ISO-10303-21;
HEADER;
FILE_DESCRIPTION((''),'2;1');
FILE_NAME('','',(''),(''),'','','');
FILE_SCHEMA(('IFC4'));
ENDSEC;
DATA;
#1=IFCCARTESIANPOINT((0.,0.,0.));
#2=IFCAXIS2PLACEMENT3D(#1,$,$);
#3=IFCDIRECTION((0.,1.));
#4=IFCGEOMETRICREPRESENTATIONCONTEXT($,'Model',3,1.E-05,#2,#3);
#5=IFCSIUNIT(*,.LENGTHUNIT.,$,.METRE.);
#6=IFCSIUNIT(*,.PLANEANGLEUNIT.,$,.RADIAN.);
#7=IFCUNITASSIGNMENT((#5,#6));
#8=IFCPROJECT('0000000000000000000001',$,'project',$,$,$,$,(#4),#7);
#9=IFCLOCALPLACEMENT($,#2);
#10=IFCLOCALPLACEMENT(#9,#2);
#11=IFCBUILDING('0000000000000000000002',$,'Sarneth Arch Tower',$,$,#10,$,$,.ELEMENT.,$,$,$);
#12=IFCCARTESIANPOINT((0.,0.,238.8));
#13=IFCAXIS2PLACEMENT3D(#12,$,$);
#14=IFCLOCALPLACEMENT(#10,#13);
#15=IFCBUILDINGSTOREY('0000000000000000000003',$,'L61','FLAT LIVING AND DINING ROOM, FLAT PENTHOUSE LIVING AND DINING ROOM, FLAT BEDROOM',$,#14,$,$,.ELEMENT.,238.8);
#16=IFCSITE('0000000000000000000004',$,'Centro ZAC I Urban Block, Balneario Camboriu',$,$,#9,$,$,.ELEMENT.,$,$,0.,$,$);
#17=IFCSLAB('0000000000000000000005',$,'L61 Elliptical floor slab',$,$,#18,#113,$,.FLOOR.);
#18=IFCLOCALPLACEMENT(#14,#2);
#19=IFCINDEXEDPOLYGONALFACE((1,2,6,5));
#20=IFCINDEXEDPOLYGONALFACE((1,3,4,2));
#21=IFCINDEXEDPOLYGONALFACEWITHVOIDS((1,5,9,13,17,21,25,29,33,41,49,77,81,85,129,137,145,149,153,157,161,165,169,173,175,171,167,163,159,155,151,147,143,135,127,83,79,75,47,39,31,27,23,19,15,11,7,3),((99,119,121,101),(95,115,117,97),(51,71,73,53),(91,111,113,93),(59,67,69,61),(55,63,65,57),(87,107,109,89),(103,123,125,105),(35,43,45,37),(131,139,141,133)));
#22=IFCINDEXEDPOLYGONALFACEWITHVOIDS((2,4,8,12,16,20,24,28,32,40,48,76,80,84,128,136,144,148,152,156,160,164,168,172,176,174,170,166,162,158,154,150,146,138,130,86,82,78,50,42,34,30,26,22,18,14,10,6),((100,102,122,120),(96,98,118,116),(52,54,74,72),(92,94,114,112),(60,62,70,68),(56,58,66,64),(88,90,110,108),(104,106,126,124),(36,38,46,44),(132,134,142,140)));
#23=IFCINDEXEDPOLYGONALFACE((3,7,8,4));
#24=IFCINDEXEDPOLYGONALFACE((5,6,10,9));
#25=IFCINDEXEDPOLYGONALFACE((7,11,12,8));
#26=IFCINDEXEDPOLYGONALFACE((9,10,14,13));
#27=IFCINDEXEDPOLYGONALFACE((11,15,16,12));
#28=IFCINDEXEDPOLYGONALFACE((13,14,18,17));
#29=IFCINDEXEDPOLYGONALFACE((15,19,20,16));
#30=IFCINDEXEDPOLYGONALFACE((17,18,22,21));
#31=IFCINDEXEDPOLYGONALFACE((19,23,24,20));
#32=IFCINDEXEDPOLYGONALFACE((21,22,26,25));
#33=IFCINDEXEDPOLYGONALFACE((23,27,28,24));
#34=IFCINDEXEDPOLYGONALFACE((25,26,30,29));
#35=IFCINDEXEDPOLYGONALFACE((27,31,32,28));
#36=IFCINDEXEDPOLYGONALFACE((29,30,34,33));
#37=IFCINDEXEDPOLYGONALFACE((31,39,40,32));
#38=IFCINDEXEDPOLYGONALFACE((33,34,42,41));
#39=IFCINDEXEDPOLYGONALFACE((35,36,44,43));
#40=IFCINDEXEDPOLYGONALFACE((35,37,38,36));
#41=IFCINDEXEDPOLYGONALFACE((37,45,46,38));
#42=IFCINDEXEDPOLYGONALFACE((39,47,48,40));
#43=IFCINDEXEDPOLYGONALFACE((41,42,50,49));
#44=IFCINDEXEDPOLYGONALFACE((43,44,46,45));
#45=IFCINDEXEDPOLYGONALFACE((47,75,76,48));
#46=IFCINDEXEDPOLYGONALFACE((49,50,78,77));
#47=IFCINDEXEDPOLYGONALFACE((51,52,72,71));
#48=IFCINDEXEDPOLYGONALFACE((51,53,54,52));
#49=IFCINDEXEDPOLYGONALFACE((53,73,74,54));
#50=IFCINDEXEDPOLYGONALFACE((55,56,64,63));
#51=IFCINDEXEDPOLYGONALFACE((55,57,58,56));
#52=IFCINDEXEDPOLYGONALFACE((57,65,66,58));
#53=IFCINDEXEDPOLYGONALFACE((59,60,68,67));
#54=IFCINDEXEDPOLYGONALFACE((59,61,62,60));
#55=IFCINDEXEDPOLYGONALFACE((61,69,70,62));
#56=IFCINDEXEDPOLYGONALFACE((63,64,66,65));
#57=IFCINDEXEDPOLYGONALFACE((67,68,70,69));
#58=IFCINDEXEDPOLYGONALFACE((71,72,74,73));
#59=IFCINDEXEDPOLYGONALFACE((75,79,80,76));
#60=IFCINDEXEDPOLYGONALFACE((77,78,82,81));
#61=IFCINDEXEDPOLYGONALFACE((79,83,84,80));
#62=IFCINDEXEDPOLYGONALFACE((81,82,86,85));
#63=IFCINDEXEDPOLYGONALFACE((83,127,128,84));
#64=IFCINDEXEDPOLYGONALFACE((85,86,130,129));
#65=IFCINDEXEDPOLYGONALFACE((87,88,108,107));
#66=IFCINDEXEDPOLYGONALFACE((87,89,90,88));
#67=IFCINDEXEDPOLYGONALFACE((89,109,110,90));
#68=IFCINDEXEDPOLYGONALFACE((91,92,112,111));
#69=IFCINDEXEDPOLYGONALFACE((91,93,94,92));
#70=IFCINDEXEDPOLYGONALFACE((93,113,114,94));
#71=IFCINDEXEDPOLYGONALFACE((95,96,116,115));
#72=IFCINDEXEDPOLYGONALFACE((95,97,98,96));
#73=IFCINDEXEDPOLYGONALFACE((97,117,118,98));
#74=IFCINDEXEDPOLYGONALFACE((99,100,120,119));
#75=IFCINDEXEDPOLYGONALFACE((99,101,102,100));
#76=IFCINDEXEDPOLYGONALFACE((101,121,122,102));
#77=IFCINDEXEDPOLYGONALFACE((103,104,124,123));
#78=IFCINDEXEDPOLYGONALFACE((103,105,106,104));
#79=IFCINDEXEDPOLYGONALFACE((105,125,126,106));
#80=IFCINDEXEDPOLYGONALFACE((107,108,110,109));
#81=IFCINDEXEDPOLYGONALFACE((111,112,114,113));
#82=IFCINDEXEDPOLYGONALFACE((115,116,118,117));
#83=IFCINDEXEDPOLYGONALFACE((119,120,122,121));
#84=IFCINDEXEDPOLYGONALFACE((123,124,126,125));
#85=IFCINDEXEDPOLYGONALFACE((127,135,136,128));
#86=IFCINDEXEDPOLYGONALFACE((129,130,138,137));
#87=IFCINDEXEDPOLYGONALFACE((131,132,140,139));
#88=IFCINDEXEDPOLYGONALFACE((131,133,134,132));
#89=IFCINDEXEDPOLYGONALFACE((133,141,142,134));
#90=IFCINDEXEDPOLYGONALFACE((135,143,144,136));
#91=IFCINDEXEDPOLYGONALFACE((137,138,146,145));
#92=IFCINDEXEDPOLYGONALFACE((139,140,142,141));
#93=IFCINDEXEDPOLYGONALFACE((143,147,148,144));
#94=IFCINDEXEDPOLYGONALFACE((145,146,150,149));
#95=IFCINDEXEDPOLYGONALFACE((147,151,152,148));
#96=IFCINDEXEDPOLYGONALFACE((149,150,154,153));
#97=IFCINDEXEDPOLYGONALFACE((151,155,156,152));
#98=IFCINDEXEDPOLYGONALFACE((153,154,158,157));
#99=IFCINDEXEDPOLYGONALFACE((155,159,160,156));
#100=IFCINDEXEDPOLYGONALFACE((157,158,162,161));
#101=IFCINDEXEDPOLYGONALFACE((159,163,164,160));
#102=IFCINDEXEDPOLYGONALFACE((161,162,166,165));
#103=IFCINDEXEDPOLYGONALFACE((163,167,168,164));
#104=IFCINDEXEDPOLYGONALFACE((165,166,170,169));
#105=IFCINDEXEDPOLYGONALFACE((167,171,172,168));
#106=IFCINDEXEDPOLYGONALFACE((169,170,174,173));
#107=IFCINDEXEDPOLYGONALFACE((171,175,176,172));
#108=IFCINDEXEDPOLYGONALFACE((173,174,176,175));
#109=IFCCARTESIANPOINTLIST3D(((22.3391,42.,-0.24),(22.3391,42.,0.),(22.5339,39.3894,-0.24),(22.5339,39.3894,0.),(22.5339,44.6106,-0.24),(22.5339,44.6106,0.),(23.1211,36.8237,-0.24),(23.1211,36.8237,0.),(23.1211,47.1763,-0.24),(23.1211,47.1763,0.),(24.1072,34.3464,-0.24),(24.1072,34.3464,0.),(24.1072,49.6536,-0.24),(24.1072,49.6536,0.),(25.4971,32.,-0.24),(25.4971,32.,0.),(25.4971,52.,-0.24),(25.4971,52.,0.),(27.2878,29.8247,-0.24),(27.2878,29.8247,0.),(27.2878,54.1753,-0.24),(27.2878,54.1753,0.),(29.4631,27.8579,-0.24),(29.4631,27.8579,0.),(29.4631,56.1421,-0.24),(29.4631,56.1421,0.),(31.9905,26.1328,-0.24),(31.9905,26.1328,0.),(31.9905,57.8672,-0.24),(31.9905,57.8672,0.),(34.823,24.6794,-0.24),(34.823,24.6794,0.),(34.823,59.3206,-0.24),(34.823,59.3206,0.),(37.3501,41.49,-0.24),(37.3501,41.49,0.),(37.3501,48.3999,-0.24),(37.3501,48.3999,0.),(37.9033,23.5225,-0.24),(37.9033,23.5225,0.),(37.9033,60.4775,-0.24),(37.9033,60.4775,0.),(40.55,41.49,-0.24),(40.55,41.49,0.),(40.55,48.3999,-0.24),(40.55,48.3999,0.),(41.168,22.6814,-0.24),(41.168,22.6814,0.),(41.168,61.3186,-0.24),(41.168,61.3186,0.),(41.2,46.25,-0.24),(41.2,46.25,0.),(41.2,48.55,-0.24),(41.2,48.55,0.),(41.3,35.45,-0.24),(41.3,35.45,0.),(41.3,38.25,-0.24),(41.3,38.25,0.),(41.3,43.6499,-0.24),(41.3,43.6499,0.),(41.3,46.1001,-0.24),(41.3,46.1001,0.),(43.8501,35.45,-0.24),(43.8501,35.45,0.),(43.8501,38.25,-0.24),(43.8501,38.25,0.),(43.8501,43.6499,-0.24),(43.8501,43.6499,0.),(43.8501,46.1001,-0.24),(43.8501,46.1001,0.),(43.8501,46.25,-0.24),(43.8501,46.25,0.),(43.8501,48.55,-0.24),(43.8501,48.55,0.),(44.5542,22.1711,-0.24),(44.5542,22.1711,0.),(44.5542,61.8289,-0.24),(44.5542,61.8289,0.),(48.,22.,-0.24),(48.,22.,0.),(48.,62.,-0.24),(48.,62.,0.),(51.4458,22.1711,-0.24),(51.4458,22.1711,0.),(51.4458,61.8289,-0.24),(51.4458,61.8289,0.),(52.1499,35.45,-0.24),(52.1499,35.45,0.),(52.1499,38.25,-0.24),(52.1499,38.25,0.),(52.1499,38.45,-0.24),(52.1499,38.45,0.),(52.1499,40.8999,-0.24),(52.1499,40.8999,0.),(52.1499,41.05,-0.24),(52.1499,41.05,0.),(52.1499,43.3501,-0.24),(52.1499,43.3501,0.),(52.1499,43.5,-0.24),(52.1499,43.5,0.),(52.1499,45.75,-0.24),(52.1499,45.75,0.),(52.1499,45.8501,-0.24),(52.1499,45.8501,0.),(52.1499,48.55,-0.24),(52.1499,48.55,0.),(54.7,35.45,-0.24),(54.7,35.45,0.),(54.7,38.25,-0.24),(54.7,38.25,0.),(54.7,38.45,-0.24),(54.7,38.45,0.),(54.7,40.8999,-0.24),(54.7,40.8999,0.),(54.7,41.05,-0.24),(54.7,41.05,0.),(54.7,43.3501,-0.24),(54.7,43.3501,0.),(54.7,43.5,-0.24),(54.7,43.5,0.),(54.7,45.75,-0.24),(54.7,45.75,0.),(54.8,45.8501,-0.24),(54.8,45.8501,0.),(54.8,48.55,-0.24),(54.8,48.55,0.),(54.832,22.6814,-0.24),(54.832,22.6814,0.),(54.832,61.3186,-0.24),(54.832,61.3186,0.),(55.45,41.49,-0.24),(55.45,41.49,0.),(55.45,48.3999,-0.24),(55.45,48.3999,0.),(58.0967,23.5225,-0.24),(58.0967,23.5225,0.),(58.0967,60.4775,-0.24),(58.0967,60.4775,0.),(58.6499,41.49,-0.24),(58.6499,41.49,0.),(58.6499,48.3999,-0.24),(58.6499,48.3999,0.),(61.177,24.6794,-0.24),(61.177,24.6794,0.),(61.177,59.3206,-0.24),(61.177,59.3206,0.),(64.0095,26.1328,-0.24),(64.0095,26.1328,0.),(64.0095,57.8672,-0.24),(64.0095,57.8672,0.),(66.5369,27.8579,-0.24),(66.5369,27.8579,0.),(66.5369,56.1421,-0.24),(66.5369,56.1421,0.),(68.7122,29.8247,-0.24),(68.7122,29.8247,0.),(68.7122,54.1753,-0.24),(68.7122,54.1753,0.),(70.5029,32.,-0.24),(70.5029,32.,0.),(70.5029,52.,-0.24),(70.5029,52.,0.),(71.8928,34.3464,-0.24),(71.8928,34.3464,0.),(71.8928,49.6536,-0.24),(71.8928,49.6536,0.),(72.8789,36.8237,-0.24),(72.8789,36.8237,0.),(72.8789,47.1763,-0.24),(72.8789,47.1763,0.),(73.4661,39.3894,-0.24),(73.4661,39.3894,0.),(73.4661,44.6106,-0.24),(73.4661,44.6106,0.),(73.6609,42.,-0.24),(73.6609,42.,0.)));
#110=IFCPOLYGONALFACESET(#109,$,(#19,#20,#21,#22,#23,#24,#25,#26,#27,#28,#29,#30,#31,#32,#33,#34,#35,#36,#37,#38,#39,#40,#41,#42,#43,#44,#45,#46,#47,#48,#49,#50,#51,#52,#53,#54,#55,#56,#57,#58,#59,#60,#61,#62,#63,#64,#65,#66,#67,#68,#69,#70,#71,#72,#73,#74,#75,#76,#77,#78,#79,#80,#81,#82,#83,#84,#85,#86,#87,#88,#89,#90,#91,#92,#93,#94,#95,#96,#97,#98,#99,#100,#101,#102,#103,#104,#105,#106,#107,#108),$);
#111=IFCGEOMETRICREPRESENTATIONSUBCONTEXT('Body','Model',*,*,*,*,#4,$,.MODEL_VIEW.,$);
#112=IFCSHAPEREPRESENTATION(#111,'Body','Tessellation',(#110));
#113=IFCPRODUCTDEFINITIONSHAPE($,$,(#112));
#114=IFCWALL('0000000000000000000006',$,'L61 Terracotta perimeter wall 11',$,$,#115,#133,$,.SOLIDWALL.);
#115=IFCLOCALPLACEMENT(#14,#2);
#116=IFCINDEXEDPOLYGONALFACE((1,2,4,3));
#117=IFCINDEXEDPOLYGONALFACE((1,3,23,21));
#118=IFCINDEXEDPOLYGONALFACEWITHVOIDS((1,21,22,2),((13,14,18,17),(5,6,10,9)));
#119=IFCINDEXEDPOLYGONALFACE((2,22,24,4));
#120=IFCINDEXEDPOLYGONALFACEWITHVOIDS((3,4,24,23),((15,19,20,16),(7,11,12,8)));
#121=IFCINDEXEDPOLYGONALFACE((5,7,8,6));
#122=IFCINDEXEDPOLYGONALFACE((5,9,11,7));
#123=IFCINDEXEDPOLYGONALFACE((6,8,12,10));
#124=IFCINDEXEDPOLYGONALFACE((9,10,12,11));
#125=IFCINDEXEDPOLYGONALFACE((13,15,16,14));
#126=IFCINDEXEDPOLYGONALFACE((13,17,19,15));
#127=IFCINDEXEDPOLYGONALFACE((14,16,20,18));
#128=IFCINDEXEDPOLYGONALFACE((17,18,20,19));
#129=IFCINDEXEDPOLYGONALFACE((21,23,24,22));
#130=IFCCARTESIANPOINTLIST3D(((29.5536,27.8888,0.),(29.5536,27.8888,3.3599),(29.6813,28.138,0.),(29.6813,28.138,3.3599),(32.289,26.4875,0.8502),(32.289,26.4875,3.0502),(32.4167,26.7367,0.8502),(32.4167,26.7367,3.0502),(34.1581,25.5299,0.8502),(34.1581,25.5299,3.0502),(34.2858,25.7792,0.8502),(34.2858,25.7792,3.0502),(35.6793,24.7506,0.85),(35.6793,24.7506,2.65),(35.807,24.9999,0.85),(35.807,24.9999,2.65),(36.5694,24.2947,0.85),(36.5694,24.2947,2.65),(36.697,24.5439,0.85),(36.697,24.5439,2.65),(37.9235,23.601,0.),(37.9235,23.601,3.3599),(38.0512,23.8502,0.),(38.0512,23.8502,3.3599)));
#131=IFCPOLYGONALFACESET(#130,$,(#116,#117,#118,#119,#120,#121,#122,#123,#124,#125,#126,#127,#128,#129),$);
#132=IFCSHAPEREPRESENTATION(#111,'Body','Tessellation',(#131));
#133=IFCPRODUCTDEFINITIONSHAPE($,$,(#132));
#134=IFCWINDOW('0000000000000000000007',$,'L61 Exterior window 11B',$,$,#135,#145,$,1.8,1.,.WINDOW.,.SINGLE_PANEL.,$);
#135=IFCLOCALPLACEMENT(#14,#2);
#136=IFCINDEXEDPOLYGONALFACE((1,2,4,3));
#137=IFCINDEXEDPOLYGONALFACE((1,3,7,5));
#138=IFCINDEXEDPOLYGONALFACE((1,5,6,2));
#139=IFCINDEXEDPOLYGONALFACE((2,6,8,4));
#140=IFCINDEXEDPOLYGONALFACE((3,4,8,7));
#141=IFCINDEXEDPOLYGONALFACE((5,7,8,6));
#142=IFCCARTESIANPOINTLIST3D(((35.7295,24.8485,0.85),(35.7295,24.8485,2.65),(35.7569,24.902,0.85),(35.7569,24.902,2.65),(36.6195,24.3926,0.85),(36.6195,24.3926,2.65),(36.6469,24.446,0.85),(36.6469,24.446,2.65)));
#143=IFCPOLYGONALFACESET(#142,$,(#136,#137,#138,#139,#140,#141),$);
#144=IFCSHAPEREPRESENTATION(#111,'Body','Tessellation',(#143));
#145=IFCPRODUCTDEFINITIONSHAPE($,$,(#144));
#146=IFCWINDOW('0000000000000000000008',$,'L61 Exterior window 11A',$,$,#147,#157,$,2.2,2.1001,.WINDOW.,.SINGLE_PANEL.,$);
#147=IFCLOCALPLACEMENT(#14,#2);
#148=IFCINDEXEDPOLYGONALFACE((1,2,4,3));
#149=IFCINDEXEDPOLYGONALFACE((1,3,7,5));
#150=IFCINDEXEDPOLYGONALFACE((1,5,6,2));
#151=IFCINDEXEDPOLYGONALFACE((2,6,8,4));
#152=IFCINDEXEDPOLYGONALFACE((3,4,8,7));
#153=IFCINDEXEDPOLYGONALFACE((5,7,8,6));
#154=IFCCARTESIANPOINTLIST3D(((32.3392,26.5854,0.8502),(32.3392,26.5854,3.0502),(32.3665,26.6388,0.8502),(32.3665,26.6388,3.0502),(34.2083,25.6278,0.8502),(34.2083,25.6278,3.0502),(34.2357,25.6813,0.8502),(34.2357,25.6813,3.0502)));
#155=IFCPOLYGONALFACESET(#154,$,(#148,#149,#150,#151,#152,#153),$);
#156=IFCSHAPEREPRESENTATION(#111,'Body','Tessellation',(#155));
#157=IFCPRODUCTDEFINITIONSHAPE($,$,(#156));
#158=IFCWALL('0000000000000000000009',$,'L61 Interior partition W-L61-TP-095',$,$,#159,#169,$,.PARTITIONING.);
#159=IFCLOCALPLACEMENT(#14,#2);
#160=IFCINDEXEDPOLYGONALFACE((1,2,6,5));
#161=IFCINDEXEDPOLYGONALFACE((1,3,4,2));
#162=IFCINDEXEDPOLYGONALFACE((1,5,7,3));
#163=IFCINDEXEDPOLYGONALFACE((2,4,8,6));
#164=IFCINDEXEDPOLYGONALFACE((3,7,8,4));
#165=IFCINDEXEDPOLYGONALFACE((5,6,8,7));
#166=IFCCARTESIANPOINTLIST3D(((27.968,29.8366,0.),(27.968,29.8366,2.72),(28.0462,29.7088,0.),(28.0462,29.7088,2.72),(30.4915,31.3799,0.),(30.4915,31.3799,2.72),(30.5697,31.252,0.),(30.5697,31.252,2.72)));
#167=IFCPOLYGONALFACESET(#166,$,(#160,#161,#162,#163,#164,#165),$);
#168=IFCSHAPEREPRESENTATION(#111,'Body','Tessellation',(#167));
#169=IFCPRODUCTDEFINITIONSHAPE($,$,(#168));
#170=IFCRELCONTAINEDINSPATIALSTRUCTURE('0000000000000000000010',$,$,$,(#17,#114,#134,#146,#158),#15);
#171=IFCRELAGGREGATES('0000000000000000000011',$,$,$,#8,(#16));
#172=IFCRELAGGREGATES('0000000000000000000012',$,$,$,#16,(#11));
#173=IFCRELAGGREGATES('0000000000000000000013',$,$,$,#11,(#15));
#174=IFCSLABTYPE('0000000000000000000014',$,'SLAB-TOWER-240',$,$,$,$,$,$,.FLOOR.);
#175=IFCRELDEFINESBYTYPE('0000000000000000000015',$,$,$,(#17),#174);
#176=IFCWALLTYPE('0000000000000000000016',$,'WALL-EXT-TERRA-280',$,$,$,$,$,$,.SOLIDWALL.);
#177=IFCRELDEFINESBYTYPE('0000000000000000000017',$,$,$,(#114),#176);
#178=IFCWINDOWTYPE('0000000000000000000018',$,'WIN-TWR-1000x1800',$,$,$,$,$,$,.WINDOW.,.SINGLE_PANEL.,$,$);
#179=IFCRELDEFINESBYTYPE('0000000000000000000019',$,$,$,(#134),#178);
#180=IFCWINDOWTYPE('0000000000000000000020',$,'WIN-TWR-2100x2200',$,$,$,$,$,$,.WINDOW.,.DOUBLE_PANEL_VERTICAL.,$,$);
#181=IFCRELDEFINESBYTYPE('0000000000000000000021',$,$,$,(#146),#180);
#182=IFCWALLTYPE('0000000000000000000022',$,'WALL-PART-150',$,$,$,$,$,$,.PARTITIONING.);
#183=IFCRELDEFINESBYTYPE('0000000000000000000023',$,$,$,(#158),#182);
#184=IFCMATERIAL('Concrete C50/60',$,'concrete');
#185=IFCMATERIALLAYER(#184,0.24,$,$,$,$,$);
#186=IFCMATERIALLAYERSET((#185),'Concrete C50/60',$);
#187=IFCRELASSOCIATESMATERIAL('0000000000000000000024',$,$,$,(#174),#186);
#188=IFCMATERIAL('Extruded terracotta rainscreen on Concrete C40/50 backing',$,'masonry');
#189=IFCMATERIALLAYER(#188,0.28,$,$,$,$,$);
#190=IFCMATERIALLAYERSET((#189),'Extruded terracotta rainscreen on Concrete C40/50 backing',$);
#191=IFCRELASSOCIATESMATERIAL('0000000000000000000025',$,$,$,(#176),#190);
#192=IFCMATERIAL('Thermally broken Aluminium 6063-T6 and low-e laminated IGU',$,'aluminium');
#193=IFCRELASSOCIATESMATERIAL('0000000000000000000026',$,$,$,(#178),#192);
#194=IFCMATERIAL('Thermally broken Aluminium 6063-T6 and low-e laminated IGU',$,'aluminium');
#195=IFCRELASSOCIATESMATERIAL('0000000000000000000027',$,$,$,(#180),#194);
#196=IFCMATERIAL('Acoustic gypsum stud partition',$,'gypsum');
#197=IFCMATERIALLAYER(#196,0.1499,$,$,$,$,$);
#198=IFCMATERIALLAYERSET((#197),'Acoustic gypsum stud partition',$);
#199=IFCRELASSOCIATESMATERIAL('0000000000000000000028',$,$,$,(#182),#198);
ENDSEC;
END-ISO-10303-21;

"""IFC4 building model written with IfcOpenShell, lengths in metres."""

from ifc_helpers import new_model, si_unit, direction, frame, frame_2d, origin, place, context, subcontext, project, spatial, polyline, rectangle, outline, extrude, material, layer, layer_set, type_object, element, fill, save


model = new_model("IFC4")

# Units and contexts
model_context = context("Model", 3, precision=1e-05, world=origin(), true_north=direction((0.0, 1.0)))
body_context = subcontext(model_context, "Body", "Model", "MODEL_VIEW")
ifc_project = project(units=[si_unit("LENGTHUNIT", "METRE"), si_unit("PLANEANGLEUNIT", "RADIAN")], contexts=[model_context])

# Site, building, storey
site_placement = place(None, origin())
site = spatial("IfcSite", under=ifc_project, at=site_placement, Name="Centro ZAC I Urban Block, Balneario Camboriu", CompositionType="ELEMENT", RefElevation=0.0)
building_placement = place(site_placement, origin())
building = spatial("IfcBuilding", under=site, at=building_placement, Name="Sarneth Arch Tower", CompositionType="ELEMENT")
storey_placement = place(building_placement, frame((0.0, 0.0, 238.8)))
storey = spatial("IfcBuildingStorey", under=building, at=storey_placement, Name="L61", Description="FLAT LIVING AND DINING ROOM, FLAT PENTHOUSE LIVING AND DINING ROOM, FLAT BEDROOM", CompositionType="ELEMENT", Elevation=238.8)

# Slab
ifc_material_1 = material(Name="Concrete C50/60", Category="concrete")
ifc_layer_1 = layer(ifc_material_1, 0.24)
ifc_layer_set_1 = layer_set([ifc_layer_1], Name="Concrete C50/60")
slab_type_1 = type_object("IfcSlabType", Name="SLAB-TOWER-240", PredefinedType="FLOOR", material=ifc_layer_set_1)
slab_1_placement = place(storey_placement, frame((0.0, 0.0, -0.24)))
element("IfcSlab", 1, at=slab_1_placement, inside=storey, type_object=slab_type_1, Name="L61 Elliptical floor slab", PredefinedType="FLOOR", context=body_context, shape_type="SweptSolid", body=[
    extrude(outline(polyline([(73.6609, 42.0), (73.4661, 44.6106), (72.8789, 47.1763), (71.8928, 49.6536), (70.5029, 52.0), (68.7122, 54.1753), (66.5369, 56.1421), (64.0095, 57.8672), (61.177, 59.3206), (58.0967, 60.4775), (54.832, 61.3186), (51.4458, 61.8289), (48.0, 62.0), (44.5542, 61.8289), (41.168, 61.3186), (37.9033, 60.4775), (34.823, 59.3206), (31.9905, 57.8672), (29.4631, 56.1421), (27.2878, 54.1753), (25.4971, 52.0), (24.1072, 49.6536), (23.1211, 47.1763), (22.5339, 44.6106), (22.3391, 42.0), (22.5339, 39.3894), (23.1211, 36.8237), (24.1072, 34.3464), (25.4971, 32.0), (27.2878, 29.8247), (29.4631, 27.8579), (31.9905, 26.1328), (34.823, 24.6794), (37.9033, 23.5225), (41.168, 22.6814), (44.5542, 22.1711), (48.0, 22.0), (51.4458, 22.1711), (54.832, 22.6814), (58.0967, 23.5225), (61.177, 24.6794), (64.0095, 26.1328), (66.5369, 27.8579), (68.7122, 29.8247), (70.5029, 32.0), (71.8928, 34.3464), (72.8789, 36.8237), (73.4661, 39.3894), (73.6609, 42.0)]), holes=[polyline([(37.3501, 41.49), (40.55, 41.49), (40.55, 48.3999), (37.3501, 48.3999), (37.3501, 41.49)]), polyline([(55.45, 41.49), (58.6499, 41.49), (58.6499, 48.3999), (55.45, 48.3999), (55.45, 41.49)]), polyline([(41.2, 46.25), (43.8501, 46.25), (43.8501, 48.55), (41.2, 48.55), (41.2, 46.25)]), polyline([(41.3, 35.45), (43.8501, 35.45), (43.8501, 38.25), (41.3, 38.25), (41.3, 35.45)]), polyline([(52.1499, 35.45), (54.7, 35.45), (54.7, 38.25), (52.1499, 38.25), (52.1499, 35.45)]), polyline([(52.1499, 45.8501), (54.8, 45.8501), (54.8, 48.55), (52.1499, 48.55), (52.1499, 45.8501)]), polyline([(41.3, 43.6499), (43.8501, 43.6499), (43.8501, 46.1001), (41.3, 46.1001), (41.3, 43.6499)]), polyline([(52.1499, 38.45), (54.7, 38.45), (54.7, 40.8999), (52.1499, 40.8999), (52.1499, 38.45)]), polyline([(52.1499, 41.05), (54.7, 41.05), (54.7, 43.3501), (52.1499, 43.3501), (52.1499, 41.05)]), polyline([(52.1499, 43.5), (54.7, 43.5), (54.7, 45.75), (52.1499, 45.75), (52.1499, 43.5)])]), origin(), (0.0, 0.0, 1.0), 0.24),
])

# Wall, openings, windows
ifc_material_2 = material(Name="Extruded terracotta rainscreen on Concrete C40/50 backing", Category="masonry")
ifc_layer_2 = layer(ifc_material_2, 0.28)
ifc_layer_set_2 = layer_set([ifc_layer_2], Name="Extruded terracotta rainscreen on Concrete C40/50 backing")
wall_type_1 = type_object("IfcWallType", Name="WALL-EXT-TERRA-280", PredefinedType="SOLIDWALL", material=ifc_layer_set_2)
wall_1_placement = place(storey_placement, frame((29.6174, 28.0134, 0.0), z_axis=(0.0, 0.0, 1.0), x_axis=(0.890007, -0.455946, 0.0)))
wall_1 = element("IfcWall", 2, at=wall_1_placement, inside=storey, type_object=wall_type_1, Name="L61 Terracotta perimeter wall 11", PredefinedType="SOLIDWALL", context=body_context, shape_type="SweptSolid", body=[
    extrude(rectangle(XDim=9.4043, YDim=0.28, at=frame_2d((4.7021, 0.0))), origin(), (0.0, 0.0, 1.0), 3.3599),
])
opening_1_placement = place(wall_1_placement, frame((3.0735, 0.0, 0.8501)))
opening_1 = element("IfcOpeningElement", 3, at=opening_1_placement, cuts=wall_1, PredefinedType="OPENING", context=body_context, shape_type="SweptSolid", body=[
    extrude(rectangle(XDim=2.1001, YDim=2.2, at=frame_2d((1.05, 1.1001))), frame((0.0, 0.1499, 0.0), z_axis=(0.0, -1.0, 0.0), x_axis=(1.0, 0.0, 0.0)), (0.0, 0.0, 1.0), 0.3),
])
opening_2_placement = place(wall_1_placement, frame((6.8828, 0.0, 0.8501)))
opening_2 = element("IfcOpeningElement", 4, at=opening_2_placement, cuts=wall_1, PredefinedType="OPENING", context=body_context, shape_type="SweptSolid", body=[
    extrude(rectangle(XDim=1.0, YDim=1.8, at=frame_2d((0.5, 0.8999))), frame((0.0, 0.1499, 0.0), z_axis=(0.0, -1.0, 0.0), x_axis=(1.0, 0.0, 0.0)), (0.0, 0.0, 1.0), 0.3),
])
ifc_material_3 = material(Name="Thermally broken Aluminium 6063-T6 and low-e laminated IGU", Category="aluminium")
window_type_1 = type_object("IfcWindowType", Name="WIN-TWR-1000x1800", PartitioningType="SINGLE_PANEL", PredefinedType="WINDOW", material=ifc_material_3)
window_1_placement = place(opening_2_placement, origin())
window_1 = element("IfcWindow", 5, at=window_1_placement, inside=storey, type_object=window_type_1, Name="L61 Exterior window 11B", OverallHeight=1.8, OverallWidth=1.0, PartitioningType="SINGLE_PANEL", PredefinedType="WINDOW", context=body_context, shape_type="SweptSolid", body=[
    extrude(rectangle(XDim=1.0, YDim=1.8, at=frame_2d((0.5, 0.8999))), frame((0.0, 0.03, 0.0), z_axis=(0.0, -1.0, 0.0), x_axis=(1.0, 0.0, 0.0)), (0.0, 0.0, 1.0), 0.0601),
])
fill(opening_2, window_1)
ifc_material_4 = material(Name="Thermally broken Aluminium 6063-T6 and low-e laminated IGU", Category="aluminium")
window_type_2 = type_object("IfcWindowType", Name="WIN-TWR-2100x2200", PartitioningType="DOUBLE_PANEL_VERTICAL", PredefinedType="WINDOW", material=ifc_material_4)
window_2_placement = place(opening_1_placement, origin())
window_2 = element("IfcWindow", 6, at=window_2_placement, inside=storey, type_object=window_type_2, Name="L61 Exterior window 11A", OverallHeight=2.2, OverallWidth=2.1001, PartitioningType="SINGLE_PANEL", PredefinedType="WINDOW", context=body_context, shape_type="SweptSolid", body=[
    extrude(rectangle(XDim=2.1001, YDim=2.2, at=frame_2d((1.05, 1.1001))), frame((0.0, 0.03, 0.0), z_axis=(0.0, -1.0, 0.0), x_axis=(1.0, 0.0, 0.0)), (0.0, 0.0, 1.0), 0.0601),
])
fill(opening_1, window_2)

# Wall
ifc_material_5 = material(Name="Acoustic gypsum stud partition", Category="gypsum")
ifc_layer_3 = layer(ifc_material_5, 0.1499)
ifc_layer_set_3 = layer_set([ifc_layer_3], Name="Acoustic gypsum stud partition")
wall_type_2 = type_object("IfcWallType", Name="WALL-PART-150", PredefinedType="PARTITIONING", material=ifc_layer_set_3)
wall_2_placement = place(storey_placement, frame((28.0071, 29.7727, 0.0), z_axis=(0.0, 0.0, 1.0), x_axis=(0.853114, 0.521724, 0.0)))
element("IfcWall", 7, at=wall_2_placement, inside=storey, type_object=wall_type_2, Name="L61 Interior partition W-L61-TP-095", PredefinedType="PARTITIONING", context=body_context, shape_type="SweptSolid", body=[
    extrude(rectangle(XDim=2.958, YDim=0.1499, at=frame_2d((1.479, 0.0))), origin(), (0.0, 0.0, 1.0), 2.72),
])

save(model, "model.ifc")
